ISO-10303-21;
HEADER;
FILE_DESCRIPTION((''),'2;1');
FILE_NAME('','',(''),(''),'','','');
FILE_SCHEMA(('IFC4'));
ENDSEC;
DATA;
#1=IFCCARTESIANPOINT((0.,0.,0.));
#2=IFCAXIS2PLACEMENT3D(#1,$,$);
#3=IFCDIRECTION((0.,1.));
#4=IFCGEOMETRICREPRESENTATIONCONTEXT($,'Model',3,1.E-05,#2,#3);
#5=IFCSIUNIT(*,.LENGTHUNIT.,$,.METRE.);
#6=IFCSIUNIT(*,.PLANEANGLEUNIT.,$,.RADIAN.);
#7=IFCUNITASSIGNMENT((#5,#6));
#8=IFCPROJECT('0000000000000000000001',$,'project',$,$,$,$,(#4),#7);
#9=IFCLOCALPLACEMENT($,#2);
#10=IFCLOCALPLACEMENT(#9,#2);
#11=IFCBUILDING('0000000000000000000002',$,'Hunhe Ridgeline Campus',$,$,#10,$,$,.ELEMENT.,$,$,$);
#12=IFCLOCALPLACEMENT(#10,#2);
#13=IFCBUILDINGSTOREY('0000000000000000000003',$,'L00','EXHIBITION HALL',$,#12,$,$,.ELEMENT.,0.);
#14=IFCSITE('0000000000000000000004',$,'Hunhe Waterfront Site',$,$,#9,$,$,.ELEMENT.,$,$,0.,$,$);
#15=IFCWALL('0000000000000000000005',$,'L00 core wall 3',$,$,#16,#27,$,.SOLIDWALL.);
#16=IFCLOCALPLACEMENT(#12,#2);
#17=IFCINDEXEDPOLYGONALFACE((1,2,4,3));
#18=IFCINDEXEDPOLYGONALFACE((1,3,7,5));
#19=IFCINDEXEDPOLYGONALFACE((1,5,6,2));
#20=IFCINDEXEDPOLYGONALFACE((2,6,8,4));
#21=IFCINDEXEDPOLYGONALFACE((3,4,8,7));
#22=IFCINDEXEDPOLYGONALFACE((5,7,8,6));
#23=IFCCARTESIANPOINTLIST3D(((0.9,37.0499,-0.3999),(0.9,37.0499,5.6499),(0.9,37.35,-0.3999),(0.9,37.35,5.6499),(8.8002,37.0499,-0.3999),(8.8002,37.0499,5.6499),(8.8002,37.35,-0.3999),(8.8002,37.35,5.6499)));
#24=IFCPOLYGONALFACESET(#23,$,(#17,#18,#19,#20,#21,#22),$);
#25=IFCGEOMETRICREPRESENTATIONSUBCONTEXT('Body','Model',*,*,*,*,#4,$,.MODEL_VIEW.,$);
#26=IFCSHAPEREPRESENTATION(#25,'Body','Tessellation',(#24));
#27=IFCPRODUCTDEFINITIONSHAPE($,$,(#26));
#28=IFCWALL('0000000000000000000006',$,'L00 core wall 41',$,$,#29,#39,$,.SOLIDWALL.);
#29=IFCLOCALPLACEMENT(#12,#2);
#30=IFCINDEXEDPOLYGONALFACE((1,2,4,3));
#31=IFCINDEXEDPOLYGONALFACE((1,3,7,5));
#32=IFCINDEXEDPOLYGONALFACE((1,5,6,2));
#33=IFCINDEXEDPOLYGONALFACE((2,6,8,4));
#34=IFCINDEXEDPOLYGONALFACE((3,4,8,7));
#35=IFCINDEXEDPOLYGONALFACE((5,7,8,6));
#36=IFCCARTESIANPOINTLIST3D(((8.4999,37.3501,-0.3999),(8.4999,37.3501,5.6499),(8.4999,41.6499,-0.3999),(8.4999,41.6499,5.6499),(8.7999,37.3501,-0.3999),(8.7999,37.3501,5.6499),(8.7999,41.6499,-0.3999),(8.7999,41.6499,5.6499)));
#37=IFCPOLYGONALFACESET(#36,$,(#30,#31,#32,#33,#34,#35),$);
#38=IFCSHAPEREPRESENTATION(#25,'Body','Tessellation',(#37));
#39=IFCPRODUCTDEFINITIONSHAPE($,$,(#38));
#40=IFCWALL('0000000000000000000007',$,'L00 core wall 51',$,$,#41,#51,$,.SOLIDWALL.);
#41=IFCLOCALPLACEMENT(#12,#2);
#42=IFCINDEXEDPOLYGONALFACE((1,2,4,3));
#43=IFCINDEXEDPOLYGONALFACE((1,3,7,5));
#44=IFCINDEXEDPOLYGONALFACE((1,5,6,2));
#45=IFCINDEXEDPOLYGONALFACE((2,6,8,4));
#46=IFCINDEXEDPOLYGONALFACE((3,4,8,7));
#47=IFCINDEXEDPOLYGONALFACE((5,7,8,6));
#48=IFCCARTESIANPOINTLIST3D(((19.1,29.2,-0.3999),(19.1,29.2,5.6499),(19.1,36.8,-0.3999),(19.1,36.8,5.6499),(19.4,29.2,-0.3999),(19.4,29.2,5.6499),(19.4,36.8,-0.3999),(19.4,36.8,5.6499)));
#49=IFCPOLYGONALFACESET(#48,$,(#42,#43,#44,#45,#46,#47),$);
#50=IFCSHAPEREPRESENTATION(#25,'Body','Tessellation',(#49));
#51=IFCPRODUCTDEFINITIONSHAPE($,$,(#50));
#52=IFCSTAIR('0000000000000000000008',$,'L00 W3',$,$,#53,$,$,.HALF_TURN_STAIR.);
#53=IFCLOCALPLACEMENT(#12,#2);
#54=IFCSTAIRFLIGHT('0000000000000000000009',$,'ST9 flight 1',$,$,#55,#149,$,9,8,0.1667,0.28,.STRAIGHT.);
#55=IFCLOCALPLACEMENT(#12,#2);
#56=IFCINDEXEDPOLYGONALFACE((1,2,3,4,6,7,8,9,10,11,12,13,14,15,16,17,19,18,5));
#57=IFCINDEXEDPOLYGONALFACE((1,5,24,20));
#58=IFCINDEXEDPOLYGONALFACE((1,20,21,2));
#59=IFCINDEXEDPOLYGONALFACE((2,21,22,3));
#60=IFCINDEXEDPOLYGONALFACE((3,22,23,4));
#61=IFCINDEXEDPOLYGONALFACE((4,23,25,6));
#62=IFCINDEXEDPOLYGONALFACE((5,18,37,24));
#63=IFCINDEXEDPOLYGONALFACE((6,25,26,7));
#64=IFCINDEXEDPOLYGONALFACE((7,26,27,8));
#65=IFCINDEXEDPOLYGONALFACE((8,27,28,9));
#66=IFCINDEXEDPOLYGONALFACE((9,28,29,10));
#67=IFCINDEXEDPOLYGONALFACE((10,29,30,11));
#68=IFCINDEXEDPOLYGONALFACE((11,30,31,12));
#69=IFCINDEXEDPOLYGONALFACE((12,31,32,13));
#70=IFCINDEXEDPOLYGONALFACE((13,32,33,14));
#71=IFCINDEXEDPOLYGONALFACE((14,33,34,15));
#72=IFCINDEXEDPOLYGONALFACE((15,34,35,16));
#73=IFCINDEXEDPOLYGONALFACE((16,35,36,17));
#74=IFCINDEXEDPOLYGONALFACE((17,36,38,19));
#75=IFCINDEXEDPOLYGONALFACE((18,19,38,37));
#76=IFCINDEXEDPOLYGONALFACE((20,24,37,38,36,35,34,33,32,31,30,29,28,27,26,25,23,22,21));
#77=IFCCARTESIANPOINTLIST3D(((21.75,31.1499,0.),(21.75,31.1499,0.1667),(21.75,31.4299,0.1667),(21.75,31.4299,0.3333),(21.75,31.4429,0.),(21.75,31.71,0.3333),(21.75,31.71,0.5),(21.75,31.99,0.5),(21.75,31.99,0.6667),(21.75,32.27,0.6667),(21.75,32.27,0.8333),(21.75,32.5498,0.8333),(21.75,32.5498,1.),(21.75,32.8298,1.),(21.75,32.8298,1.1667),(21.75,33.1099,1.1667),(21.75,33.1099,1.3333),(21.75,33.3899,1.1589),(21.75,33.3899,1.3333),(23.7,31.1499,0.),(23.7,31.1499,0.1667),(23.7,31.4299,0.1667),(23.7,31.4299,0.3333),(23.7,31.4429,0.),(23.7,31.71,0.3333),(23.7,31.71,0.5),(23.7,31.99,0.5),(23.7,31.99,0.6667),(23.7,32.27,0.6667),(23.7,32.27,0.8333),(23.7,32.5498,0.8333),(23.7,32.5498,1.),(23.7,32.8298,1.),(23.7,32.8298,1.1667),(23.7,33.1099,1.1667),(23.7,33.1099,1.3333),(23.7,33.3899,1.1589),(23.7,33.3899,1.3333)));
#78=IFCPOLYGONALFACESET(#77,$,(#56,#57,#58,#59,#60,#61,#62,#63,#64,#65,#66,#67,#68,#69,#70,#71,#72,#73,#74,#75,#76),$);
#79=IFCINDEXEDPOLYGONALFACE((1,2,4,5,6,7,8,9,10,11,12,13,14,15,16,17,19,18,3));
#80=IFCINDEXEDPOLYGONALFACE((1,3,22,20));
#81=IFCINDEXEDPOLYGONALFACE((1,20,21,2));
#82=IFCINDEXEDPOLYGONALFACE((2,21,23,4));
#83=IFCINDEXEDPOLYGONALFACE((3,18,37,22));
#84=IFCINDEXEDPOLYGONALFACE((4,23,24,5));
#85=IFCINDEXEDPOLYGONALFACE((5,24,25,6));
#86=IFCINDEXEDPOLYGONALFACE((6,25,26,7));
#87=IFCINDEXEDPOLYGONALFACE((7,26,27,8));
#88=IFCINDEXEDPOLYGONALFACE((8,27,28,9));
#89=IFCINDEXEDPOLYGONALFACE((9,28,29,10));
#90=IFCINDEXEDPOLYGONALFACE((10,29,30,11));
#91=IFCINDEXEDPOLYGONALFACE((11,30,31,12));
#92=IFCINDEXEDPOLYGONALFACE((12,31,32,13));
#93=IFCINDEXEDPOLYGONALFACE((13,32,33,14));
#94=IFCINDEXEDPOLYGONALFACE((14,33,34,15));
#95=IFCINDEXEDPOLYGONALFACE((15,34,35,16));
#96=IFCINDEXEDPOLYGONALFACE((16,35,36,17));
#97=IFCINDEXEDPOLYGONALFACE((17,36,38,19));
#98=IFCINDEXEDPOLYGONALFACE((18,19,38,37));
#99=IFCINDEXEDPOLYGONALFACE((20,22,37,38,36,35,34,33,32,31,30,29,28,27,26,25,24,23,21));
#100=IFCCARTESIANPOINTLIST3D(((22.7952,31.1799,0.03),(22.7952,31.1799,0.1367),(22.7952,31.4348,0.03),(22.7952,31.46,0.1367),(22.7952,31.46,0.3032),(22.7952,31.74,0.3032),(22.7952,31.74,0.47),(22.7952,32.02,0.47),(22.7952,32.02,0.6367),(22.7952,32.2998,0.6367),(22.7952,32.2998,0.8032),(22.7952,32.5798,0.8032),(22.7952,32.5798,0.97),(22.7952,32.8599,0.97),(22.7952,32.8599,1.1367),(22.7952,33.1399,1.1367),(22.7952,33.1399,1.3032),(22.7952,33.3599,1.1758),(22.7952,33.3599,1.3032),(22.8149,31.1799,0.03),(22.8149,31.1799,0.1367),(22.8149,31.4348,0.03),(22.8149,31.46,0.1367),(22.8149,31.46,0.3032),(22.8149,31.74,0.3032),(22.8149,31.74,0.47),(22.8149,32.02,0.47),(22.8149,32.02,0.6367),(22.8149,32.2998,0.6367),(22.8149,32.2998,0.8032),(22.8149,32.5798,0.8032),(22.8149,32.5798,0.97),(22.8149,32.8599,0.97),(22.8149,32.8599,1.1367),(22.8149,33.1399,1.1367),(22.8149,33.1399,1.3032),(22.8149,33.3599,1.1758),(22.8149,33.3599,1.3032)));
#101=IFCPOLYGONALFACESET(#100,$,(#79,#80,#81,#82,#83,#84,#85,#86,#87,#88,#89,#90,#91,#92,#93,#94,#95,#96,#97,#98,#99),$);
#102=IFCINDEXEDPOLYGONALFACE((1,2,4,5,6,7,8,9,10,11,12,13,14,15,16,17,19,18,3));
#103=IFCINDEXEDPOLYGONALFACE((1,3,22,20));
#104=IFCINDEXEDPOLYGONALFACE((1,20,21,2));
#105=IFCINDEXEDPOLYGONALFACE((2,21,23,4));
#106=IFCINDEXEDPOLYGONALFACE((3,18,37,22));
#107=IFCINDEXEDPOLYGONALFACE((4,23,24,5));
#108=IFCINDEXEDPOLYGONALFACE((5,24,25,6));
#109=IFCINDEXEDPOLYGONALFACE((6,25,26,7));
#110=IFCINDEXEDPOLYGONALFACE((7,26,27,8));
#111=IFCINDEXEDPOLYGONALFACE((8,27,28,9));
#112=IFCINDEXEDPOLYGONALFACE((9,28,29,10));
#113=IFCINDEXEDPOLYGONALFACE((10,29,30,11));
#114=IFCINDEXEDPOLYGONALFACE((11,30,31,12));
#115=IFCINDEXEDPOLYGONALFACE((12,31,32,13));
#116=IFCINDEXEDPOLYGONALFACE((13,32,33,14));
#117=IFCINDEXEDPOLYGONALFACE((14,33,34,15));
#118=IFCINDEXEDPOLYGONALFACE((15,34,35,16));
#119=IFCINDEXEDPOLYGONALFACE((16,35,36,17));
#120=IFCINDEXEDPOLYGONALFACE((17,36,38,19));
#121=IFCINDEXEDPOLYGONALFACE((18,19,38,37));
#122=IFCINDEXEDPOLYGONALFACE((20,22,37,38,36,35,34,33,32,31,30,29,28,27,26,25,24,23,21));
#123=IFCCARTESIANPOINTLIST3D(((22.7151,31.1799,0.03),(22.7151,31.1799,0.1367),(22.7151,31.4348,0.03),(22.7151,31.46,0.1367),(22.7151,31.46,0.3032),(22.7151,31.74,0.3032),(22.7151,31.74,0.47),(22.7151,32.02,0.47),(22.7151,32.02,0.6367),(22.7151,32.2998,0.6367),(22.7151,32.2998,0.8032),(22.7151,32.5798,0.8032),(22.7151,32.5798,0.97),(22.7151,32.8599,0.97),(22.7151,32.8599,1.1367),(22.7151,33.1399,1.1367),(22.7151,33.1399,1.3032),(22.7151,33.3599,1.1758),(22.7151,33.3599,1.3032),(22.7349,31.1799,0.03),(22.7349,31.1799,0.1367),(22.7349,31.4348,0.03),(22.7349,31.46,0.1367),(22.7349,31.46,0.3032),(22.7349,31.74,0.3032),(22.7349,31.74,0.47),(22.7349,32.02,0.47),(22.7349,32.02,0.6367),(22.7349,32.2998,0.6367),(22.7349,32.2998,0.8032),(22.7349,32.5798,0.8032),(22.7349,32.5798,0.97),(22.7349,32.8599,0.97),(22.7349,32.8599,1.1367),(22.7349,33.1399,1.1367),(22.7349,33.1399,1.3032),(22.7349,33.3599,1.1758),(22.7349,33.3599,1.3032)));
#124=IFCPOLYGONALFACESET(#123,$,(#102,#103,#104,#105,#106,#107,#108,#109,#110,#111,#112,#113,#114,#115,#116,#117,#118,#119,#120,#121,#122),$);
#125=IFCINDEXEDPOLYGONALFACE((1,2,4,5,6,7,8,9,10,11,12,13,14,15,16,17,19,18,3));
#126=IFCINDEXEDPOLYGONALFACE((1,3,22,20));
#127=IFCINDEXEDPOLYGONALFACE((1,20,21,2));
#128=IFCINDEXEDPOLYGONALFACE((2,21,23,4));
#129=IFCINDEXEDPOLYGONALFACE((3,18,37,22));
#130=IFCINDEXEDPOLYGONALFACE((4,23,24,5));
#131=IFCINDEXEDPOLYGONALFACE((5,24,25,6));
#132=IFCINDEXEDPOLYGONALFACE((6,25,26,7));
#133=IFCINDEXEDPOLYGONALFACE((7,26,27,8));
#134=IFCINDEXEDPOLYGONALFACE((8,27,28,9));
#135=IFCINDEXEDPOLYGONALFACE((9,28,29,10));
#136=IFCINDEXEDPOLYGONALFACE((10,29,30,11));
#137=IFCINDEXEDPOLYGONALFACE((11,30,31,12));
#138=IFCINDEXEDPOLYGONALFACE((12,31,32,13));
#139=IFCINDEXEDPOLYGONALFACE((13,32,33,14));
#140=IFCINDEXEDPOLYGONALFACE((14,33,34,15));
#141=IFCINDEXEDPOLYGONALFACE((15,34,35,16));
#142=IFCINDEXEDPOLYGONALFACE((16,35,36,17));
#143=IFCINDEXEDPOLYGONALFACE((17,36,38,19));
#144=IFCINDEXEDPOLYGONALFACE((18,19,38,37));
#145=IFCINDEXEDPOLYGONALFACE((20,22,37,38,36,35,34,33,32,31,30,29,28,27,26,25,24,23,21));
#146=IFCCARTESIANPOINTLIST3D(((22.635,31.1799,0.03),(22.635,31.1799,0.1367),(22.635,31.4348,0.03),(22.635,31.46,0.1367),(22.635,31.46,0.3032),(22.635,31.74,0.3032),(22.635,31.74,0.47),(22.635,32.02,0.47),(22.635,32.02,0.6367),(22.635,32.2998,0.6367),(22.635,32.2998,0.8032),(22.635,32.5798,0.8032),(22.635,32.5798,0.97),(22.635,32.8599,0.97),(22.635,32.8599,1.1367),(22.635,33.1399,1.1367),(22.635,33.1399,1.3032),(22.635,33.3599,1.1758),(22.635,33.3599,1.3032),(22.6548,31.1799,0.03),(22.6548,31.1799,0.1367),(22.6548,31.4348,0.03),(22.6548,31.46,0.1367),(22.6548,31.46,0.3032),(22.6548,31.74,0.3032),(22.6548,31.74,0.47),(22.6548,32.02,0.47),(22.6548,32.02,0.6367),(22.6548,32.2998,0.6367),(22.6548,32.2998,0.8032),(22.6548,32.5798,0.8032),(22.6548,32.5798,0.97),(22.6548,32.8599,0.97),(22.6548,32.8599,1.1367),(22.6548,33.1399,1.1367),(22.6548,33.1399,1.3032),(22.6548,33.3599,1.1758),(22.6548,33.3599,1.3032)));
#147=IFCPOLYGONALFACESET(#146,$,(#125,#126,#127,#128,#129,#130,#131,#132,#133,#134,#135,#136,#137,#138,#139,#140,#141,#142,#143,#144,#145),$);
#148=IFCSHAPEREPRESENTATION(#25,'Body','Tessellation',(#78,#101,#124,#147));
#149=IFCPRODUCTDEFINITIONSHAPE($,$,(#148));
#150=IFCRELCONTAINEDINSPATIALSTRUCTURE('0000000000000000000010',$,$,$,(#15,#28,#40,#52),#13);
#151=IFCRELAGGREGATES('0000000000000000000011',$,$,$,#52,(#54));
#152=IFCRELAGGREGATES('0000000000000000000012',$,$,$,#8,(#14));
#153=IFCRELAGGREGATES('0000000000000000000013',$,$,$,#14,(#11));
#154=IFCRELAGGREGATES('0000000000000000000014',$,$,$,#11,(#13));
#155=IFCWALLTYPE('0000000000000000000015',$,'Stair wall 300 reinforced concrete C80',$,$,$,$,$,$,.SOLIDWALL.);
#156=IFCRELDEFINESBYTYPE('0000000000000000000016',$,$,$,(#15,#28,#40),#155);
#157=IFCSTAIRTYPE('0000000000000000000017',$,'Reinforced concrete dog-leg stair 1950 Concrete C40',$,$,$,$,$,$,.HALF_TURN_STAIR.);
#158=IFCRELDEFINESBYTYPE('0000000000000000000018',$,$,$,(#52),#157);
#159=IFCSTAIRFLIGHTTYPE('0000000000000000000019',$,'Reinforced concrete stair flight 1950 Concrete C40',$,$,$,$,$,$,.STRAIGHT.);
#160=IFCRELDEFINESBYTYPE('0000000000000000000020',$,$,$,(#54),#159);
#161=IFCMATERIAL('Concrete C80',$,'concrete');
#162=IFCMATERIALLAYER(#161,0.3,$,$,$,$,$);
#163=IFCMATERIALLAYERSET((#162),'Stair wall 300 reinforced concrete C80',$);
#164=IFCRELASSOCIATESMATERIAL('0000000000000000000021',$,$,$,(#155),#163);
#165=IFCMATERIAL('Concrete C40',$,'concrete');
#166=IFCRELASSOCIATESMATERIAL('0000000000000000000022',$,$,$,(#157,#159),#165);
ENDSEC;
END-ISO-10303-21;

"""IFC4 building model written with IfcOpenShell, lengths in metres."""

from ifc_helpers import new_model, si_unit, direction, frame, frame_2d, origin, place, context, subcontext, project, spatial, polyline, rectangle, outline, extrude, material, layer, layer_set, type_object, element, aggregate, save


model = new_model("IFC4")

# Units and contexts
model_context = context("Model", 3, precision=1e-05, world=origin(), true_north=direction((0.0, 1.0)))
body_context = subcontext(model_context, "Body", "Model", "MODEL_VIEW")
ifc_project = project(units=[si_unit("LENGTHUNIT", "METRE"), si_unit("PLANEANGLEUNIT", "RADIAN")], contexts=[model_context])

# Site, building, storey
site_placement = place(None, origin())
site = spatial("IfcSite", under=ifc_project, at=site_placement, Name="Hunhe Waterfront Site", CompositionType="ELEMENT", RefElevation=0.0)
building_placement = place(site_placement, origin())
building = spatial("IfcBuilding", under=site, at=building_placement, Name="Hunhe Ridgeline Campus", CompositionType="ELEMENT")
storey_placement = place(building_placement, origin())
storey = spatial("IfcBuildingStorey", under=building, at=storey_placement, Name="L00", Description="EXHIBITION HALL", CompositionType="ELEMENT", Elevation=0.0)

# Shared definitions
ifc_material_1 = material(Name="Concrete C80", Category="concrete")

# Shared definitions
ifc_material_2 = material(Name="Concrete C40", Category="concrete")

# Walls
ifc_layer_1 = layer(ifc_material_1, 0.3)
ifc_layer_set_1 = layer_set([ifc_layer_1], Name="Stair wall 300 reinforced concrete C80")
wall_type_1 = type_object("IfcWallType", Name="Stair wall 300 reinforced concrete C80", PredefinedType="SOLIDWALL", material=ifc_layer_set_1)
wall_1_placement = place(storey_placement, frame((0.8999, 37.2, -0.3999), z_axis=(0.0, 0.0, 1.0), x_axis=(1.0, 0.0, 0.0)))
element("IfcWall", 1, at=wall_1_placement, inside=storey, type_object=wall_type_1, Name="L00 core wall 3", PredefinedType="SOLIDWALL", context=body_context, shape_type="SweptSolid", body=[
    extrude(rectangle(XDim=7.9001, YDim=0.3, at=frame_2d((3.9502, 0.0))), origin(), (0.0, 0.0, 1.0), 6.0498),
])
wall_2_placement = place(storey_placement, frame((8.6499, 37.3501, -0.3999), z_axis=(0.0, 0.0, 1.0), x_axis=(0.0, 1.0, 0.0)))
element("IfcWall", 2, at=wall_2_placement, inside=storey, type_object=wall_type_1, Name="L00 core wall 41", PredefinedType="SOLIDWALL", context=body_context, shape_type="SweptSolid", body=[
    extrude(rectangle(XDim=4.2998, YDim=0.3, at=frame_2d((2.1499, 0.0))), origin(), (0.0, 0.0, 1.0), 6.0498),
])
wall_3_placement = place(storey_placement, frame((19.25, 29.2, -0.3999), z_axis=(0.0, 0.0, 1.0), x_axis=(0.0, 1.0, 0.0)))
element("IfcWall", 3, at=wall_3_placement, inside=storey, type_object=wall_type_1, Name="L00 core wall 51", PredefinedType="SOLIDWALL", context=body_context, shape_type="SweptSolid", body=[
    extrude(rectangle(XDim=7.6001, YDim=0.3, at=frame_2d((3.8, 0.0))), origin(), (0.0, 0.0, 1.0), 6.0498),
])

# Stair, stair flight
stair_type = type_object("IfcStairType", Name="Reinforced concrete dog-leg stair 1950 Concrete C40", PredefinedType="HALF_TURN_STAIR", material=ifc_material_2)
stair_1_placement = place(storey_placement, origin())
stair_1 = element("IfcStair", 4, at=stair_1_placement, inside=storey, type_object=stair_type, Name="L00 W3", PredefinedType="HALF_TURN_STAIR")
stair_flight_type = type_object("IfcStairFlightType", Name="Reinforced concrete stair flight 1950 Concrete C40", PredefinedType="STRAIGHT", material=ifc_material_2)
stair_flight_1_placement = place(storey_placement, frame((22.7251, 31.1499, 0.0), z_axis=(0.0, 0.0, 1.0), x_axis=(0.0, 1.0, 0.0)))
stair_flight_1 = element("IfcStairFlight", 5, at=stair_flight_1_placement, type_object=stair_flight_type, Name="ST9 flight 1", NumberOfRisers=9, NumberOfTreads=8, PredefinedType="STRAIGHT", RiserHeight=0.1667, TreadLength=0.28, context=body_context, shape_type="SweptSolid", body=[
    extrude(outline(polyline([(0.0, 0.0), (0.0, 0.1667), (0.28, 0.1667), (0.28, 0.3333), (0.5601, 0.3333), (0.5601, 0.5), (0.8401, 0.5), (0.8401, 0.6667), (1.1201, 0.6667), (1.1201, 0.8333), (1.3999, 0.8333), (1.3999, 1.0), (1.6799, 1.0), (1.6799, 1.1667), (1.96, 1.1667), (1.96, 1.3333), (2.24, 1.3333), (2.24, 1.5), (2.24, 1.1589), (0.293, 0.0), (0.0, 0.0)])), frame((0.0, 0.9751, 0.0), z_axis=(0.0, -1.0, 0.0), x_axis=(1.0, 0.0, 0.0)), (0.0, 0.0, 1.0), 1.95),
    extrude(outline(polyline([(0.03, 0.03), (0.03, 0.1367), (0.3101, 0.1367), (0.3101, 0.3032), (0.5901, 0.3032), (0.5901, 0.47), (0.8701, 0.47), (0.8701, 0.6367), (1.1499, 0.6367), (1.1499, 0.8032), (1.4299, 0.8032), (1.4299, 0.97), (1.71, 0.97), (1.71, 1.1367), (1.99, 1.1367), (1.99, 1.3032), (2.21, 1.3032), (2.21, 1.1758), (0.2849, 0.03), (0.03, 0.03)])), frame((0.0, -0.0701, 0.0), z_axis=(0.0, -1.0, 0.0), x_axis=(1.0, 0.0, 0.0)), (0.0, 0.0, 1.0), 0.0198),
    extrude(outline(polyline([(0.03, 0.03), (0.03, 0.1367), (0.3101, 0.1367), (0.3101, 0.3032), (0.5901, 0.3032), (0.5901, 0.47), (0.8701, 0.47), (0.8701, 0.6367), (1.1499, 0.6367), (1.1499, 0.8032), (1.4299, 0.8032), (1.4299, 0.97), (1.71, 0.97), (1.71, 1.1367), (1.99, 1.1367), (1.99, 1.3032), (2.21, 1.3032), (2.21, 1.1758), (0.2849, 0.03), (0.03, 0.03)])), frame((0.0, 0.01, 0.0), z_axis=(0.0, -1.0, 0.0), x_axis=(1.0, 0.0, 0.0)), (0.0, 0.0, 1.0), 0.0198),
    extrude(outline(polyline([(0.03, 0.03), (0.03, 0.1367), (0.3101, 0.1367), (0.3101, 0.3032), (0.5901, 0.3032), (0.5901, 0.47), (0.8701, 0.47), (0.8701, 0.6367), (1.1499, 0.6367), (1.1499, 0.8032), (1.4299, 0.8032), (1.4299, 0.97), (1.71, 0.97), (1.71, 1.1367), (1.99, 1.1367), (1.99, 1.3032), (2.21, 1.3032), (2.21, 1.1758), (0.2849, 0.03), (0.03, 0.03)])), frame((0.0, 0.0901, 0.0), z_axis=(0.0, -1.0, 0.0), x_axis=(1.0, 0.0, 0.0)), (0.0, 0.0, 1.0), 0.0198),
])
aggregate(stair_1, [stair_flight_1])

save(model, "model.ifc")
